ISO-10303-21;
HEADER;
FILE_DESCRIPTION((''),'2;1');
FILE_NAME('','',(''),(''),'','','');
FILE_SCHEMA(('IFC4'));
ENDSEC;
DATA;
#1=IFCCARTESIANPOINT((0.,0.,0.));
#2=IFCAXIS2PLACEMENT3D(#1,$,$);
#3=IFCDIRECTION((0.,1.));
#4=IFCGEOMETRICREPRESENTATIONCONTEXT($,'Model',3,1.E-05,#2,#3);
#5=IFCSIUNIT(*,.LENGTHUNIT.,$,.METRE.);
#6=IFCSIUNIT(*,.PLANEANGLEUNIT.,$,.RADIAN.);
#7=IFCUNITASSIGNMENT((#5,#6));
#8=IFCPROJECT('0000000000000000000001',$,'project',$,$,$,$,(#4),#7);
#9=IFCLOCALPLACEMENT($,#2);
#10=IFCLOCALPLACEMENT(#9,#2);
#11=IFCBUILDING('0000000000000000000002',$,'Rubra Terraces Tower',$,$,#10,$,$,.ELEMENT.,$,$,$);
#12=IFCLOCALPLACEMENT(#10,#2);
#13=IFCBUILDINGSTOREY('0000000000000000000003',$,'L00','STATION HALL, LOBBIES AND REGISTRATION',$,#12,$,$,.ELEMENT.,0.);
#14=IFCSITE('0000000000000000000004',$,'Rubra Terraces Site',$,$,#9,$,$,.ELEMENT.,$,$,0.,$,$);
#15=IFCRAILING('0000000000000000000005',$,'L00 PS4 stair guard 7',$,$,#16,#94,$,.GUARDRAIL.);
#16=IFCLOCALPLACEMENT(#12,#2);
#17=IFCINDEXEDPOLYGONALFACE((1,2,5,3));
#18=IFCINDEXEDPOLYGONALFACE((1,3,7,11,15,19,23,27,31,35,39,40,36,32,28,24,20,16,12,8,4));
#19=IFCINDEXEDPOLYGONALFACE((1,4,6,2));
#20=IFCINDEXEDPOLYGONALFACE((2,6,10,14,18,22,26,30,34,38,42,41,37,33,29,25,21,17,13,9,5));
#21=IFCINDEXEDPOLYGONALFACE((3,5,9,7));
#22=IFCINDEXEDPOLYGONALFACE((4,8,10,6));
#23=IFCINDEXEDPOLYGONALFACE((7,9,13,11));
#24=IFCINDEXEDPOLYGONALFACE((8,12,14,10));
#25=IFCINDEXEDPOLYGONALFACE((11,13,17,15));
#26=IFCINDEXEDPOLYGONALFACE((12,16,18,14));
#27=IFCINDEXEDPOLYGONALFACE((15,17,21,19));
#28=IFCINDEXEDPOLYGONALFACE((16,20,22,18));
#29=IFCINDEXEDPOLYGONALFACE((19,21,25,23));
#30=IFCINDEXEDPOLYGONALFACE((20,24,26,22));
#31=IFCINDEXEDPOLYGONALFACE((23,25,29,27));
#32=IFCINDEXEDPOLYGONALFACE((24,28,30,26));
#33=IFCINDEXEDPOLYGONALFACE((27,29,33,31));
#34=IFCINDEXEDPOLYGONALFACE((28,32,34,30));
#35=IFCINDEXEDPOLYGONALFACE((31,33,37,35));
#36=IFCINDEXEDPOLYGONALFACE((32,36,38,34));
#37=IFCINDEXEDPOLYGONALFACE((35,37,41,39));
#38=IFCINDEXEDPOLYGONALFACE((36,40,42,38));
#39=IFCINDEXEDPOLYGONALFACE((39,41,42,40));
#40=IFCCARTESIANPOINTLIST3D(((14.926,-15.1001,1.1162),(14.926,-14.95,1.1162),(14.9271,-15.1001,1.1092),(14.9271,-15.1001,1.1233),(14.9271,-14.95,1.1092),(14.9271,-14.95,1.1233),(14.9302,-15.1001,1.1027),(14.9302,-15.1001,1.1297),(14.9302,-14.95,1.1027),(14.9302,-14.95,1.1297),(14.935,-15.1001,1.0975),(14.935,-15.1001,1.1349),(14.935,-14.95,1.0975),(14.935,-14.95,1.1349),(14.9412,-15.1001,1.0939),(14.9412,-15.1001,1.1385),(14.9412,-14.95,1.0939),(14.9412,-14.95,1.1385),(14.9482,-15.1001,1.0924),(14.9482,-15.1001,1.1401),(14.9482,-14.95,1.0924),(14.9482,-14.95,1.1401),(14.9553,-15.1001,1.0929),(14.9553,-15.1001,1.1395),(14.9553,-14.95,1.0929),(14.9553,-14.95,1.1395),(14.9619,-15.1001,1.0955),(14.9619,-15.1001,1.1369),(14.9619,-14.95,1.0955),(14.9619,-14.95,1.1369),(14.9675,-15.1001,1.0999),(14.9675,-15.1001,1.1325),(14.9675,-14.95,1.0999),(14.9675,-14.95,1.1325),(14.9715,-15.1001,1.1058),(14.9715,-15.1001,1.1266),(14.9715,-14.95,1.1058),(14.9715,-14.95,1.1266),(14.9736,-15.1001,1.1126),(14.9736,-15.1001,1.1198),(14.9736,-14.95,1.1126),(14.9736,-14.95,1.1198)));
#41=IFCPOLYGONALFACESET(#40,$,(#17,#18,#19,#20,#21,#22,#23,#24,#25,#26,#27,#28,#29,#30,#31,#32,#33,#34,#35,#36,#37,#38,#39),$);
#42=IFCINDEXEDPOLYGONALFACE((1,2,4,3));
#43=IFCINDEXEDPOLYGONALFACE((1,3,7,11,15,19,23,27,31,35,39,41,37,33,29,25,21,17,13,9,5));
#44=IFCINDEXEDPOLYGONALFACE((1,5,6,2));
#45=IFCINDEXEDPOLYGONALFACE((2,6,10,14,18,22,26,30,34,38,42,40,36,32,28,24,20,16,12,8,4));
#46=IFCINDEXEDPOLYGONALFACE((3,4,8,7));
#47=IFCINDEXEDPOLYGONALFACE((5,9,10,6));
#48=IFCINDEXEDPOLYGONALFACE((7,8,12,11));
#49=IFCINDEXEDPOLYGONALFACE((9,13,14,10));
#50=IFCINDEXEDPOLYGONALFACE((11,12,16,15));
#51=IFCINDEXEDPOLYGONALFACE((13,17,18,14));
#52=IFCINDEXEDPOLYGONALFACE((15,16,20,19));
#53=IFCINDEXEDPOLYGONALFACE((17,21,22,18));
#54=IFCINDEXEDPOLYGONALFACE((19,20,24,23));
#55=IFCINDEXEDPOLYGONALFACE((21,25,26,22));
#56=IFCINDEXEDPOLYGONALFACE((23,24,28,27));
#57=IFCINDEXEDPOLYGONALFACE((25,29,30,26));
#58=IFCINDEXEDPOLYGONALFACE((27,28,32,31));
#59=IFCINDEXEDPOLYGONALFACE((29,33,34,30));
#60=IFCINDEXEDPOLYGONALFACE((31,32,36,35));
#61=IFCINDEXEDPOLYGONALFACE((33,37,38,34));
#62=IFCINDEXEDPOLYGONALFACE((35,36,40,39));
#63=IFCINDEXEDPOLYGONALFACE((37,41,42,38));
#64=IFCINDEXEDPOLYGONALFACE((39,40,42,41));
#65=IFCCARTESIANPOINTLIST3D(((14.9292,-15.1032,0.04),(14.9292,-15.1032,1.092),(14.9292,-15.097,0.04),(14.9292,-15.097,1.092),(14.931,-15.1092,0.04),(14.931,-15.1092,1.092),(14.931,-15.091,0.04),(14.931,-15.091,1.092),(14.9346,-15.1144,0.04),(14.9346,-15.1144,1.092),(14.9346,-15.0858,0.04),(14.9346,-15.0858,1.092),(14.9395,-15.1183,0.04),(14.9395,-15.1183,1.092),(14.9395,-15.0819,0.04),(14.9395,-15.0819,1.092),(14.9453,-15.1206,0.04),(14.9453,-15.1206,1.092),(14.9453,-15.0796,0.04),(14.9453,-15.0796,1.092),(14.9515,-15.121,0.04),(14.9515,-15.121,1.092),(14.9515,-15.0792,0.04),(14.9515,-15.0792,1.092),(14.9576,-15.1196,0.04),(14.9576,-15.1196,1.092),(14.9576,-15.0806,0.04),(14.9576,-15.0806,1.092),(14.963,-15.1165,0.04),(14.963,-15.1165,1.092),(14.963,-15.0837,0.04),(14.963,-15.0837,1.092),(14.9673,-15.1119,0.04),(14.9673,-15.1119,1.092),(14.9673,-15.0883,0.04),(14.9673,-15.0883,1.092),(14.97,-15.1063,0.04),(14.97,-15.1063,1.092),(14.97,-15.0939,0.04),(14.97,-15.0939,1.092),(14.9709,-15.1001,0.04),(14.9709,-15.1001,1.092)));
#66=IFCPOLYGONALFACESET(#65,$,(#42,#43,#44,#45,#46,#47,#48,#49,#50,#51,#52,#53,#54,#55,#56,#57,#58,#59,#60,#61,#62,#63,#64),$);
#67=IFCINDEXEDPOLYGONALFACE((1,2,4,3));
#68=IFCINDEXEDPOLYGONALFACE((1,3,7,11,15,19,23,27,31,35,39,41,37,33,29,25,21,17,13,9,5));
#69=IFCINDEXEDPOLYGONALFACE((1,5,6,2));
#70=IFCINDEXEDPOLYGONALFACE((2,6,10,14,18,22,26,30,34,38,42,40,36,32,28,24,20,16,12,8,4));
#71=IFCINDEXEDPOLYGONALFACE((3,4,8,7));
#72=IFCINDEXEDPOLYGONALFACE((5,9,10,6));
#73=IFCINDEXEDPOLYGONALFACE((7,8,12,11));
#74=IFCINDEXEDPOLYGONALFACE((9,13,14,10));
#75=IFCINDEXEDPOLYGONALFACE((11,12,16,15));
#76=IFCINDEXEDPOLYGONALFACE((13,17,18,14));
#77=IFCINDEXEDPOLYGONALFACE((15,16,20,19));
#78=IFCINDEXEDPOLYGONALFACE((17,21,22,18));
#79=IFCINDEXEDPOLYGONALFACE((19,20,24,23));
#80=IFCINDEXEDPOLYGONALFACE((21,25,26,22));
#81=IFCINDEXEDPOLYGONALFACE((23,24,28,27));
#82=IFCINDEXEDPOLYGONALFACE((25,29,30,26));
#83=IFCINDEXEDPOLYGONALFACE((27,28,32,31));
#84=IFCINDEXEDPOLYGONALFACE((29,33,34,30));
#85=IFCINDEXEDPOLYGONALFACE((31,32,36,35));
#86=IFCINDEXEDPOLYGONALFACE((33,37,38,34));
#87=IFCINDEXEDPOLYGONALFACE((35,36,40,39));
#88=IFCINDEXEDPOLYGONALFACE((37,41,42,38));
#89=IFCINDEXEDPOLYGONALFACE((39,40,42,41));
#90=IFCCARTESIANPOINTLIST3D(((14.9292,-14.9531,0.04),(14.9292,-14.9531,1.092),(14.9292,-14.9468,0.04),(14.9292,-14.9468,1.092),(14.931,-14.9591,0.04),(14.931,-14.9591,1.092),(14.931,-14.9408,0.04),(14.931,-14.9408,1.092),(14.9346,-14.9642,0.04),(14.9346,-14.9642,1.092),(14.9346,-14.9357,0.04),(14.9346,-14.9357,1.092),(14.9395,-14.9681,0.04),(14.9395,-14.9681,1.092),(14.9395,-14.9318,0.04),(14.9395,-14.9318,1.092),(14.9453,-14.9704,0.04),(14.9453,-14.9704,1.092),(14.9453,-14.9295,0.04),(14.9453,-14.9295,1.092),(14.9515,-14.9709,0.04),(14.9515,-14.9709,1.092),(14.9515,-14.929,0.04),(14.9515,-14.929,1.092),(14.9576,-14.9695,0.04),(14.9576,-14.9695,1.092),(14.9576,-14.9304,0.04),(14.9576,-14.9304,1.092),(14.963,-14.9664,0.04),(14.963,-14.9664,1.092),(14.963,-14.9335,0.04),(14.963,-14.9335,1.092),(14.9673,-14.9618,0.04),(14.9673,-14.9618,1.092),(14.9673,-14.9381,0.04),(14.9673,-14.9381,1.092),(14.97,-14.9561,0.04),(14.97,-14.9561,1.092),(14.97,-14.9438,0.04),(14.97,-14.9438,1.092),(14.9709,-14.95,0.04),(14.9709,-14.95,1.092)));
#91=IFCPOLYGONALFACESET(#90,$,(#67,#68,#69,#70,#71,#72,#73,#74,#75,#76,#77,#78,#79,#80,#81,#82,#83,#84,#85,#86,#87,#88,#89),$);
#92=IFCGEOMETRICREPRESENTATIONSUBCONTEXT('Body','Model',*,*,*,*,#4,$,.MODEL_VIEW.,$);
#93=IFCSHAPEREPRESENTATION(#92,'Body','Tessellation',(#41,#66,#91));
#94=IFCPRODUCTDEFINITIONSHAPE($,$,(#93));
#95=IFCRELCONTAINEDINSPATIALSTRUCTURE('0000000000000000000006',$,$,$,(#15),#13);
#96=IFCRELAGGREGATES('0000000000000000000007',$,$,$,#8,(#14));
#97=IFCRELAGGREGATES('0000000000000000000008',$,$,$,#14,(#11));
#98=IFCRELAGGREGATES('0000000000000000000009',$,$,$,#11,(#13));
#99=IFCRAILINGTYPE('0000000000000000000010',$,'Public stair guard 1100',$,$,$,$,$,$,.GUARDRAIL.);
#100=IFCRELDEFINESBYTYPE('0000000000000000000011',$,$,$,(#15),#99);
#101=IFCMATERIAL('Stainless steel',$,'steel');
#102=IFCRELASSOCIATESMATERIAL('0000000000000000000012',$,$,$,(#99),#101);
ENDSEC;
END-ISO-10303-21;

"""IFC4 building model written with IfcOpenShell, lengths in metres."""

from ifc_helpers import new_model, si_unit, direction, frame, origin, origin_2d, place, context, subcontext, project, spatial, circle, extrude, material, type_object, element, save


model = new_model("IFC4")

# Units and contexts
model_context = context("Model", 3, precision=1e-05, world=origin(), true_north=direction((0.0, 1.0)))
body_context = subcontext(model_context, "Body", "Model", "MODEL_VIEW")
ifc_project = project(units=[si_unit("LENGTHUNIT", "METRE"), si_unit("PLANEANGLEUNIT", "RADIAN")], contexts=[model_context])

# Site, building, storey
site_placement = place(None, origin())
site = spatial("IfcSite", under=ifc_project, at=site_placement, Name="Rubra Terraces Site", CompositionType="ELEMENT", RefElevation=0.0)
building_placement = place(site_placement, origin())
building = spatial("IfcBuilding", under=site, at=building_placement, Name="Rubra Terraces Tower", CompositionType="ELEMENT")
storey_placement = place(building_placement, origin())
storey = spatial("IfcBuildingStorey", under=building, at=storey_placement, Name="L00", Description="STATION HALL, LOBBIES AND REGISTRATION", CompositionType="ELEMENT", Elevation=0.0)

# Railing
ifc_material_1 = material(Name="Stainless steel", Category="steel")
railing_type_1 = type_object("IfcRailingType", Name="Public stair guard 1100", PredefinedType="GUARDRAIL", material=ifc_material_1)
railing_1_placement = place(storey_placement, frame((14.95, -15.1001, 0.04)))
element("IfcRailing", 1, at=railing_1_placement, inside=storey, type_object=railing_type_1, Name="L00 PS4 stair guard 7", PredefinedType="GUARDRAIL", context=body_context, shape_type="SweptSolid", body=[
    extrude(circle(Radius=0.0239, at=origin_2d()), frame((0.0, 0.0, 1.0762), z_axis=(0.0, 1.0, 0.0), x_axis=(-1.0, 0.0, 0.0)), (0.0, 0.0, 1.0), 0.1501),
    extrude(circle(Radius=0.021, at=origin_2d()), origin(), (0.0, 0.0, 1.0), 1.052),
    extrude(circle(Radius=0.021, at=origin_2d()), frame((0.0, 0.1501, 0.0)), (0.0, 0.0, 1.0), 1.052),
])

save(model, "model.ifc")
